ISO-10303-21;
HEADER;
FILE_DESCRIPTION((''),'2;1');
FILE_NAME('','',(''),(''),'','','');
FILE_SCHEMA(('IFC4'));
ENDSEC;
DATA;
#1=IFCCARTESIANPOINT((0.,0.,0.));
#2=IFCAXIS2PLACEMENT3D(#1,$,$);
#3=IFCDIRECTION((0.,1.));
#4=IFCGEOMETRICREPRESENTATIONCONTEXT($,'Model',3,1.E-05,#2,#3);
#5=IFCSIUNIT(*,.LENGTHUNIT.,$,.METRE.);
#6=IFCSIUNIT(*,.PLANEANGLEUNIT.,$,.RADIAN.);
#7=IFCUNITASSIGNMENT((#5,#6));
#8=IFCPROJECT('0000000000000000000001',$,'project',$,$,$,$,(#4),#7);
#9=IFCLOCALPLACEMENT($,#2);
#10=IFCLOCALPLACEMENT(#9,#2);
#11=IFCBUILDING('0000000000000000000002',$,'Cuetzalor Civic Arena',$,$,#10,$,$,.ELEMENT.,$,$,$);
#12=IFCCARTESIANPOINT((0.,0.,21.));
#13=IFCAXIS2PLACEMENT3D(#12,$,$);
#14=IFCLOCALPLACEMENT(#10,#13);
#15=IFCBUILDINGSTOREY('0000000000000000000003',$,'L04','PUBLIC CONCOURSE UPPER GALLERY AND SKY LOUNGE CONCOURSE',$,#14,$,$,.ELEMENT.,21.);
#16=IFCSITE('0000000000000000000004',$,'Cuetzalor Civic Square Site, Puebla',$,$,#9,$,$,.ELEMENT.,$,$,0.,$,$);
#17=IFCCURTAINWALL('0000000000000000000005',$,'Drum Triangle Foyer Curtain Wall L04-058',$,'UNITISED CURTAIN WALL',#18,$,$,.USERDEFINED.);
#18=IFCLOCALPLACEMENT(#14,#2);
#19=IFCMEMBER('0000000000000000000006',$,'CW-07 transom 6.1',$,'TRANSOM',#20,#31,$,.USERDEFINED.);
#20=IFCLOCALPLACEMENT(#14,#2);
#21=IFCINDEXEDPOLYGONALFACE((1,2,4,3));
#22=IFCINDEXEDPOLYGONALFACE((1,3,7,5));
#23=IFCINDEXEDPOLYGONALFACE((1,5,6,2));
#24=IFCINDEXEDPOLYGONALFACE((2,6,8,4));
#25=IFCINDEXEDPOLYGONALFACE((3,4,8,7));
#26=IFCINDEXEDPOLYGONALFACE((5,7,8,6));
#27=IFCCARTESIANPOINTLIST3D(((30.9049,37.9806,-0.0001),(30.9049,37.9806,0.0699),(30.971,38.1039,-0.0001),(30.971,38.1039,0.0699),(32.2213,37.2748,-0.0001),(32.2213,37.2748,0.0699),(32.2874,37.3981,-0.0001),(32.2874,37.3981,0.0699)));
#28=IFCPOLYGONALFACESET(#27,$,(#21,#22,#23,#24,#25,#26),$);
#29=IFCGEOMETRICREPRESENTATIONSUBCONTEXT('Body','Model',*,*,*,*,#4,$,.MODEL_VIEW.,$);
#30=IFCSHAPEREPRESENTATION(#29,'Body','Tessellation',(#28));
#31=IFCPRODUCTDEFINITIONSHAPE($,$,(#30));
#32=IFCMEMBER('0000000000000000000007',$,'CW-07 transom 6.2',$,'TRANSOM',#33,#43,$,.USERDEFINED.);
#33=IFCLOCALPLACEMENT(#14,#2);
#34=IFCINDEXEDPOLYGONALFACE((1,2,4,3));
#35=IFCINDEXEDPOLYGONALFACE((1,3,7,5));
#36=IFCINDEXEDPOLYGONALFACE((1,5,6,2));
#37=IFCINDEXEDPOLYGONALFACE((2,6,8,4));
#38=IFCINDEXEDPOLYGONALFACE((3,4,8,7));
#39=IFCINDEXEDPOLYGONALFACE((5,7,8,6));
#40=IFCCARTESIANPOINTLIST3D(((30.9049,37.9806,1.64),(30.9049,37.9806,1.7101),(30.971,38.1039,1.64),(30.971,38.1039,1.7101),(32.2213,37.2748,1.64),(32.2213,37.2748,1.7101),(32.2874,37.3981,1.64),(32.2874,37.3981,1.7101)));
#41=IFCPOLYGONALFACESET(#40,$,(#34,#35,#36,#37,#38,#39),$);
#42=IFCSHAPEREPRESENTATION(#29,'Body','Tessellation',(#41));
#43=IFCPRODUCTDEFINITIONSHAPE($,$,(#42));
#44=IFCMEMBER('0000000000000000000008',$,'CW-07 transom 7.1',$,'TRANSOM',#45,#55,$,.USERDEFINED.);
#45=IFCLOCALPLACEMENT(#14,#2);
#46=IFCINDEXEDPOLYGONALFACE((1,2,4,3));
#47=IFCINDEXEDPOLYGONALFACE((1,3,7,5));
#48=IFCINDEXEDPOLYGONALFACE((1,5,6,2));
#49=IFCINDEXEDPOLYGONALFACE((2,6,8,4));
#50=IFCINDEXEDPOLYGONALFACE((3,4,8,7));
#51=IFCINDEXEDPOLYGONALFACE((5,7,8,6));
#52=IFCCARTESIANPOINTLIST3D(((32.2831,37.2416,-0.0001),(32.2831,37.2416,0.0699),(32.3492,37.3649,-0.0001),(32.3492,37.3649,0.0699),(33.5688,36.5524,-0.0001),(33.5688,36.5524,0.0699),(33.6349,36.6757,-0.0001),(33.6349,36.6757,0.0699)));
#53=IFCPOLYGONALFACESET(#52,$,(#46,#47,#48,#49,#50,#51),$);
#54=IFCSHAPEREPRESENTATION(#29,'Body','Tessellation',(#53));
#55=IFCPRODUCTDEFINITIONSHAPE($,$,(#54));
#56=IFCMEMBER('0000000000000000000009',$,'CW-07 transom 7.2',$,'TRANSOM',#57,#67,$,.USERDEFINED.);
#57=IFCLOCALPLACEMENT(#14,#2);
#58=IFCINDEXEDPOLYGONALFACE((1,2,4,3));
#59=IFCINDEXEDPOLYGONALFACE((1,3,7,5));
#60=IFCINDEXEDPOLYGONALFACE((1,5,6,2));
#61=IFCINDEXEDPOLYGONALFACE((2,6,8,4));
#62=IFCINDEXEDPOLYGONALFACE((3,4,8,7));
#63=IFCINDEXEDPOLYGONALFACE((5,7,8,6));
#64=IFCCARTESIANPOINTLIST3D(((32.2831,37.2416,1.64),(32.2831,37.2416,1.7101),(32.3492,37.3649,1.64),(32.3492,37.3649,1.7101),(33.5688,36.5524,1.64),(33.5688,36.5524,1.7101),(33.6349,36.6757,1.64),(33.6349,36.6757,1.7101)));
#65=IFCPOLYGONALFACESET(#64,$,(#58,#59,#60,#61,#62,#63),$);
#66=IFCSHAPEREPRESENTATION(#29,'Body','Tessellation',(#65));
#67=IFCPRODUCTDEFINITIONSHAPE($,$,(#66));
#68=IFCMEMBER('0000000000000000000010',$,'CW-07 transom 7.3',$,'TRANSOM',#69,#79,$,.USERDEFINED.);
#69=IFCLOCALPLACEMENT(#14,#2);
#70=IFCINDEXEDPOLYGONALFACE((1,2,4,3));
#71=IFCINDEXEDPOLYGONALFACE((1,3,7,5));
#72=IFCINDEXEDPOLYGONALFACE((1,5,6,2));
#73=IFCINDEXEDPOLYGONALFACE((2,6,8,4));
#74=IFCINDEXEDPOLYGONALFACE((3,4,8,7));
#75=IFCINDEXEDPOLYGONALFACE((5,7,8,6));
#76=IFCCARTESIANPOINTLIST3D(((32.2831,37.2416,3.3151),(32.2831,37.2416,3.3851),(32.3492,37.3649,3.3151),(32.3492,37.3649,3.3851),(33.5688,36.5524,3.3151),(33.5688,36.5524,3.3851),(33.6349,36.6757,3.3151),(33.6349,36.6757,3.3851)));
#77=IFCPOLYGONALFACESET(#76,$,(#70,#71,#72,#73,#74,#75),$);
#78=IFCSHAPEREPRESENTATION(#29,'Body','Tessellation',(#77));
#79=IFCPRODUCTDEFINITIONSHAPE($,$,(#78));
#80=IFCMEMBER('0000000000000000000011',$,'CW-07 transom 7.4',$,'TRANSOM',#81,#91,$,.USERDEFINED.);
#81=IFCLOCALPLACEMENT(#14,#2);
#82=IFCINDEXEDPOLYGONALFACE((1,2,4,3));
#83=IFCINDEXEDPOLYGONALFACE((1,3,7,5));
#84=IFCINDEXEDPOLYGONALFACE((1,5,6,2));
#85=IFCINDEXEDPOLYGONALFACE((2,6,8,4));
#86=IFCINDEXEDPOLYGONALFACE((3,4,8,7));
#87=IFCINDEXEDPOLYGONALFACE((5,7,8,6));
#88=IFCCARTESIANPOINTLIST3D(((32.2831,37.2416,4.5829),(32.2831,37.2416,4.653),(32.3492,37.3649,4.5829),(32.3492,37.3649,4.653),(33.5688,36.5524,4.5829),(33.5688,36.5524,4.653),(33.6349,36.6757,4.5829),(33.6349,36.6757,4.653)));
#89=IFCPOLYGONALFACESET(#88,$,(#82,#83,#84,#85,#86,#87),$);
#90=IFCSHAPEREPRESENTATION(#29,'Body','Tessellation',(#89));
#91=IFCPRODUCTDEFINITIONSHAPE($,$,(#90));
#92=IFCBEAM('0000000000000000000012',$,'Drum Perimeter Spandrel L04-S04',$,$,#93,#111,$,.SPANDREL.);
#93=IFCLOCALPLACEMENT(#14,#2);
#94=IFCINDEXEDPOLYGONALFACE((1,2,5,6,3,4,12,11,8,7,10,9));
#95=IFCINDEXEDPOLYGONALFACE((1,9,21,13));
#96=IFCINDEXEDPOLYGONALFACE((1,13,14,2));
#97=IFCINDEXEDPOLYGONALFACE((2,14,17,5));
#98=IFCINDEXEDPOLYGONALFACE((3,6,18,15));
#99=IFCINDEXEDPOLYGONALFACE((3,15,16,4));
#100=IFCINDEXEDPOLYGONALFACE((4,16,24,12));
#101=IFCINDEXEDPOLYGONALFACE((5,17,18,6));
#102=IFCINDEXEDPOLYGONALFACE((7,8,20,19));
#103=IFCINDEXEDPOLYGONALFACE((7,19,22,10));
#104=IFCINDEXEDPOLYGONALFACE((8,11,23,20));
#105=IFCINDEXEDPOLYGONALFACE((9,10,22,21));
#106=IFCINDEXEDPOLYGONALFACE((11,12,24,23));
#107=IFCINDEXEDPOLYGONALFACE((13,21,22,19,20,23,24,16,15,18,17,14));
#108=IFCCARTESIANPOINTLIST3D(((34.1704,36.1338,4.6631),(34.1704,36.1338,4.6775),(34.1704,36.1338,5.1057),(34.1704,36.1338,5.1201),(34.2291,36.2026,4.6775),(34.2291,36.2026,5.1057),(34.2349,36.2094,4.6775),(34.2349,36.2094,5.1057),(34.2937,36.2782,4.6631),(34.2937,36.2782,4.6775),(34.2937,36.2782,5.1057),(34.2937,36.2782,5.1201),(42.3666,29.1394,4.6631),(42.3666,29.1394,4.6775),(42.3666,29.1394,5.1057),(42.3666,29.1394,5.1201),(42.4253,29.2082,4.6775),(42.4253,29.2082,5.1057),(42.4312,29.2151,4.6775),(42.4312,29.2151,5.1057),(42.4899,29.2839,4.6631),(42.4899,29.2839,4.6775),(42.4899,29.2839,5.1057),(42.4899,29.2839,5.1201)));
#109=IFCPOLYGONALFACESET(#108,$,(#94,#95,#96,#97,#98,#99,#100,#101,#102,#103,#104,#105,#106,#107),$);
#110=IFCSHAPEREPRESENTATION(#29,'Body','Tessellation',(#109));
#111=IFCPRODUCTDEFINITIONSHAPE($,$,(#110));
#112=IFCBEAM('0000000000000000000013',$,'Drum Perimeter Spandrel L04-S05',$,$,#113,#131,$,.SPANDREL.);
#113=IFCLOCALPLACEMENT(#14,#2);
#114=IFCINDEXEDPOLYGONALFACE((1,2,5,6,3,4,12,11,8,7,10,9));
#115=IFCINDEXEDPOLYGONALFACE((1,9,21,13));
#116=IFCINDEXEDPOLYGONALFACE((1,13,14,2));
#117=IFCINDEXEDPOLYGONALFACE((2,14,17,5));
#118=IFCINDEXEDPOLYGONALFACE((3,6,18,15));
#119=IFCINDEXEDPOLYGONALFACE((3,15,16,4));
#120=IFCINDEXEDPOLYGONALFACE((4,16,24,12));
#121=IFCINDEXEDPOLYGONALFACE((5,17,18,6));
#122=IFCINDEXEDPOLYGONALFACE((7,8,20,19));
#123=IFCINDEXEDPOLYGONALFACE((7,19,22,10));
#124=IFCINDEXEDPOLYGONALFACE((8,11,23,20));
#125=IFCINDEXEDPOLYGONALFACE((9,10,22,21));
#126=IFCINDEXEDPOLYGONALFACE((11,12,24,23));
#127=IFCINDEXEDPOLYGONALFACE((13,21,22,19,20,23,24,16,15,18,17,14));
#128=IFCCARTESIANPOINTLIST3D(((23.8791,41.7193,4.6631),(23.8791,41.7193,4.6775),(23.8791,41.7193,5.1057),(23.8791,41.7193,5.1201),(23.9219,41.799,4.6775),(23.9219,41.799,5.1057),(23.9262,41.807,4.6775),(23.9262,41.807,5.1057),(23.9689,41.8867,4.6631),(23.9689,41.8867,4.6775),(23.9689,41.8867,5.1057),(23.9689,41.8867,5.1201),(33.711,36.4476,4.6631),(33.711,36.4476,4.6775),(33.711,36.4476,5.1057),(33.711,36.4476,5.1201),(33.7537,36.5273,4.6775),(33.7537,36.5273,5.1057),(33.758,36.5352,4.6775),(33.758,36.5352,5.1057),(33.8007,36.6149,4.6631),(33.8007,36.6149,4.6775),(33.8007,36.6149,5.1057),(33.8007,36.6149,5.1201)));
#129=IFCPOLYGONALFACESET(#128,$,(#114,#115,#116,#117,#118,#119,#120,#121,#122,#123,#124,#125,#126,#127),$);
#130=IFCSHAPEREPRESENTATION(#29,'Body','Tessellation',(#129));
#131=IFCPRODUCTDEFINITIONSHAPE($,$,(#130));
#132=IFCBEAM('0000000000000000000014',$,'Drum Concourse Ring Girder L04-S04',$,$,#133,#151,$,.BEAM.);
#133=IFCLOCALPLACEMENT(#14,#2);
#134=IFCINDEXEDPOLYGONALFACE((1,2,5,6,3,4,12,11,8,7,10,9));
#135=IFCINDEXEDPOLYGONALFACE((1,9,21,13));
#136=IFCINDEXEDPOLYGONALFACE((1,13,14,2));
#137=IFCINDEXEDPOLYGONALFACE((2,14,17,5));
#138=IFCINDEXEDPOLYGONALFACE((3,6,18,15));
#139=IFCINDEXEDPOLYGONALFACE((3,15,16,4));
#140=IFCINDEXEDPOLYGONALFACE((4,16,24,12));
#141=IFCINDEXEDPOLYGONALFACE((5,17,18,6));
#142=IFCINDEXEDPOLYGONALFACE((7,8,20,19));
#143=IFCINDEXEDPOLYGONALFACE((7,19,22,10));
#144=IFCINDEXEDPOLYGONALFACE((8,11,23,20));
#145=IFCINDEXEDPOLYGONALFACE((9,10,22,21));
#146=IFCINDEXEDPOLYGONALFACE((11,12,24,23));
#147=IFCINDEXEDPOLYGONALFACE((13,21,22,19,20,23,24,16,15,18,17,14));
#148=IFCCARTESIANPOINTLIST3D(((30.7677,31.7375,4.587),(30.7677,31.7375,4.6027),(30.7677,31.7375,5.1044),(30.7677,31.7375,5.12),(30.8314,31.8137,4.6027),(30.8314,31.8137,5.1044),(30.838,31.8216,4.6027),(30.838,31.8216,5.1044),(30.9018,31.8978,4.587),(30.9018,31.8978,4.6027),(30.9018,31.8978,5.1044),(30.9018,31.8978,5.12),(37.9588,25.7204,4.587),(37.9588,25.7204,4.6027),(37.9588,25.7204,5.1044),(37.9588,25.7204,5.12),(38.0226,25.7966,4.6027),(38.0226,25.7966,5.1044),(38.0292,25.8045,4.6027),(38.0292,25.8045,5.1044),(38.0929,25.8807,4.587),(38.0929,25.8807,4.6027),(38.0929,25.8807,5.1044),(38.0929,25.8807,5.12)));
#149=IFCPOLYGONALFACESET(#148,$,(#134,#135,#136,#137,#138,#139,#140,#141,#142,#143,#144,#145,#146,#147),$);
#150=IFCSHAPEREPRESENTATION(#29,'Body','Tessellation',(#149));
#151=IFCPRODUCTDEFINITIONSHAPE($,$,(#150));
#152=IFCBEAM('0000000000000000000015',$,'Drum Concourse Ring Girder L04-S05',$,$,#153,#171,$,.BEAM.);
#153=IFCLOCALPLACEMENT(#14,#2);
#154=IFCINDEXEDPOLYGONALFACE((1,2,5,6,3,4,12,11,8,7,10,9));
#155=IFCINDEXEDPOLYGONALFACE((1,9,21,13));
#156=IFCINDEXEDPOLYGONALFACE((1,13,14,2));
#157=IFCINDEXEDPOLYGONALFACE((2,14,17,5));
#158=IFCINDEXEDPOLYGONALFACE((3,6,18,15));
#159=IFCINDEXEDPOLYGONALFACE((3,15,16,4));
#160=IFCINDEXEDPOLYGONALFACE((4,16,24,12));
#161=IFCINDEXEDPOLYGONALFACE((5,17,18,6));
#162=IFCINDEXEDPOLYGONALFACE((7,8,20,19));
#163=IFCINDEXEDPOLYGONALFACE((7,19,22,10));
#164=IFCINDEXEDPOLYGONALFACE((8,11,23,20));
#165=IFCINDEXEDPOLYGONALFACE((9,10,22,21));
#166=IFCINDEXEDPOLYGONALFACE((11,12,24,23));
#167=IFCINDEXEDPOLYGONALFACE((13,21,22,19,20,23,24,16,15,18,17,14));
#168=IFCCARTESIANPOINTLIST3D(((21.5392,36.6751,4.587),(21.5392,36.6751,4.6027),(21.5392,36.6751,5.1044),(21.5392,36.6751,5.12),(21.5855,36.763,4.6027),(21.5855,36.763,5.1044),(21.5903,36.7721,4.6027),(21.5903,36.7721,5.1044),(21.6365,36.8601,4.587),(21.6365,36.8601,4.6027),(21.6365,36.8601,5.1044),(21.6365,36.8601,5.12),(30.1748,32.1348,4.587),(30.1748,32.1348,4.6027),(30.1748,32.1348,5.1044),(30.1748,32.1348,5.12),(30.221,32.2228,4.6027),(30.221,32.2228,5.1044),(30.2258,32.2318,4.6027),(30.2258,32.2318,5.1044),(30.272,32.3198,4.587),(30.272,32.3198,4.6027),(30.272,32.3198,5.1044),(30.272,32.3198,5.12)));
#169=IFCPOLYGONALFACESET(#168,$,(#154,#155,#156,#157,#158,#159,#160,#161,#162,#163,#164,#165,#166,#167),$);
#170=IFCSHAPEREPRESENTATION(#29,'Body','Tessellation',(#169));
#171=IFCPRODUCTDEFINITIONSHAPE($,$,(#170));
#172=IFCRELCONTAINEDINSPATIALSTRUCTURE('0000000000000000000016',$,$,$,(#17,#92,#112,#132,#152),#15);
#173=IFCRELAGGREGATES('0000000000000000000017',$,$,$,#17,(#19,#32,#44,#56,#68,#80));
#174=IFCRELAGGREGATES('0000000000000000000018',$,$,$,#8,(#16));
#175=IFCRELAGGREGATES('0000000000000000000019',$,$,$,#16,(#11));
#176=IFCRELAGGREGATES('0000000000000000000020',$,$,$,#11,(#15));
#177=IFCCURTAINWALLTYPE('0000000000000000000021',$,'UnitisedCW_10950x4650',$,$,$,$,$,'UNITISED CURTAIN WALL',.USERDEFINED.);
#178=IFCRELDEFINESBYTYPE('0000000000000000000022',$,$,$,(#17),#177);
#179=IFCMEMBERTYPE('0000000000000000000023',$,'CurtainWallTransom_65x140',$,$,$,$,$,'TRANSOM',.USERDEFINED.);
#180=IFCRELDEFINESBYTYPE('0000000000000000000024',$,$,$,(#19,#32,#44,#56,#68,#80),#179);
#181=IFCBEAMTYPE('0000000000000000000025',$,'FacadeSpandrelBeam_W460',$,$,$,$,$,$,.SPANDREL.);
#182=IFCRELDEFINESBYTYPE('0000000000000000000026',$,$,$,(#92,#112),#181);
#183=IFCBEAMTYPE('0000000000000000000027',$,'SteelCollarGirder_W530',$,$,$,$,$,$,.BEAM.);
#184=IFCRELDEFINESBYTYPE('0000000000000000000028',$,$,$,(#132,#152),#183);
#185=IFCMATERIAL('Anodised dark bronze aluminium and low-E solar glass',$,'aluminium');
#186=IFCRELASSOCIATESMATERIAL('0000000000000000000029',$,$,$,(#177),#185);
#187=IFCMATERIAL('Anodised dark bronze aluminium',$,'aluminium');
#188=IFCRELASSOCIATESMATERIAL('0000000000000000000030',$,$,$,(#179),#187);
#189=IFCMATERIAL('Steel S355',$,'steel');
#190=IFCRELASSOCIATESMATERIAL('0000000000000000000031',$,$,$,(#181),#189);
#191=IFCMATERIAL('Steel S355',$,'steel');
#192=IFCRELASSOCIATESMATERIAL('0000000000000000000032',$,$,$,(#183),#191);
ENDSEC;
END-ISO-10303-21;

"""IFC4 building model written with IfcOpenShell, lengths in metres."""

from ifc_helpers import new_model, si_unit, direction, frame, origin, origin_2d, place, context, subcontext, project, spatial, rectangle, i_section, extrude, material, material_profile, profile_set, type_object, element, aggregate, save


model = new_model("IFC4")

# Units and contexts
model_context = context("Model", 3, precision=1e-05, world=origin(), true_north=direction((0.0, 1.0)))
body_context = subcontext(model_context, "Body", "Model", "MODEL_VIEW")
ifc_project = project(units=[si_unit("LENGTHUNIT", "METRE"), si_unit("PLANEANGLEUNIT", "RADIAN")], contexts=[model_context])

# Site, building, storey
site_placement = place(None, origin())
site = spatial("IfcSite", under=ifc_project, at=site_placement, Name="Cuetzalor Civic Square Site, Puebla", CompositionType="ELEMENT", RefElevation=0.0)
building_placement = place(site_placement, origin())
building = spatial("IfcBuilding", under=site, at=building_placement, Name="Cuetzalor Civic Arena", CompositionType="ELEMENT")
storey_placement = place(building_placement, frame((0.0, 0.0, 21.0)))
storey = spatial("IfcBuildingStorey", under=building, at=storey_placement, Name="L04", Description="PUBLIC CONCOURSE UPPER GALLERY AND SKY LOUNGE CONCOURSE", CompositionType="ELEMENT", Elevation=21.0)

# Curtain wall, members
ifc_material_1 = material(Name="Anodised dark bronze aluminium and low-E solar glass", Category="aluminium")
curtain_wall_type = type_object("IfcCurtainWallType", Name="UnitisedCW_10950x4650", ElementType="UNITISED CURTAIN WALL", PredefinedType="USERDEFINED", material=ifc_material_1)
curtain_wall_placement = place(storey_placement, origin())
curtain_wall = element("IfcCurtainWall", 1, at=curtain_wall_placement, inside=storey, type_object=curtain_wall_type, Name="Drum Triangle Foyer Curtain Wall L04-058", ObjectType="UNITISED CURTAIN WALL", PredefinedType="USERDEFINED")
ifc_material_2 = material(Name="Anodised dark bronze aluminium", Category="aluminium")
ifc_material_profile_1 = material_profile(ifc_material_2, rectangle(XDim=0.1399, YDim=0.0701, at=origin_2d()), Name="ALU TRANSOM 70x140")
ifc_profile_set_1 = profile_set([ifc_material_profile_1], Name="Anodised dark bronze aluminium")
member_type_1 = type_object("IfcMemberType", Name="CurtainWallTransom_65x140", ElementType="TRANSOM", PredefinedType="USERDEFINED", material=ifc_profile_set_1)
member_1_placement = place(storey_placement, frame((30.938, 38.0422, 0.0349), z_axis=(0.881315, -0.47253, 0.0), x_axis=(0.47253, 0.881315, 0.0)))
member_1 = element("IfcMember", 2, at=member_1_placement, type_object=member_type_1, Name="CW-07 transom 6.1", ObjectType="TRANSOM", PredefinedType="USERDEFINED", context=body_context, shape_type="SweptSolid", body=[
    extrude(rectangle(XDim=0.1399, YDim=0.0701, at=origin_2d()), origin(), (0.0, 0.0, 1.0), 1.4937),
])
member_2_placement = place(storey_placement, frame((30.938, 38.0422, 1.675), z_axis=(0.881315, -0.47253, 0.0), x_axis=(0.47253, 0.881315, 0.0)))
member_2 = element("IfcMember", 3, at=member_2_placement, type_object=member_type_1, Name="CW-07 transom 6.2", ObjectType="TRANSOM", PredefinedType="USERDEFINED", context=body_context, shape_type="SweptSolid", body=[
    extrude(rectangle(XDim=0.1399, YDim=0.0701, at=origin_2d()), origin(), (0.0, 0.0, 1.0), 1.4937),
])
member_3_placement = place(storey_placement, frame((32.3162, 37.3032, 0.0349), z_axis=(0.881346, -0.472472, 0.0), x_axis=(0.472472, 0.881346, 0.0)))
member_3 = element("IfcMember", 4, at=member_3_placement, type_object=member_type_1, Name="CW-07 transom 7.1", ObjectType="TRANSOM", PredefinedType="USERDEFINED", context=body_context, shape_type="SweptSolid", body=[
    extrude(rectangle(XDim=0.1399, YDim=0.0701, at=origin_2d()), origin(), (0.0, 0.0, 1.0), 1.4587),
])
member_4_placement = place(storey_placement, frame((32.3162, 37.3032, 1.675), z_axis=(0.881346, -0.472472, 0.0), x_axis=(0.472472, 0.881346, 0.0)))
member_4 = element("IfcMember", 5, at=member_4_placement, type_object=member_type_1, Name="CW-07 transom 7.2", ObjectType="TRANSOM", PredefinedType="USERDEFINED", context=body_context, shape_type="SweptSolid", body=[
    extrude(rectangle(XDim=0.1399, YDim=0.0701, at=origin_2d()), origin(), (0.0, 0.0, 1.0), 1.4587),
])
member_5_placement = place(storey_placement, frame((32.3162, 37.3032, 3.3501), z_axis=(0.881346, -0.472472, 0.0), x_axis=(0.472472, 0.881346, 0.0)))
member_5 = element("IfcMember", 6, at=member_5_placement, type_object=member_type_1, Name="CW-07 transom 7.3", ObjectType="TRANSOM", PredefinedType="USERDEFINED", context=body_context, shape_type="SweptSolid", body=[
    extrude(rectangle(XDim=0.1399, YDim=0.0701, at=origin_2d()), origin(), (0.0, 0.0, 1.0), 1.4587),
])
member_6_placement = place(storey_placement, frame((32.3162, 37.3032, 4.6179), z_axis=(0.881346, -0.472472, 0.0), x_axis=(0.472472, 0.881346, 0.0)))
member_6 = element("IfcMember", 7, at=member_6_placement, type_object=member_type_1, Name="CW-07 transom 7.4", ObjectType="TRANSOM", PredefinedType="USERDEFINED", context=body_context, shape_type="SweptSolid", body=[
    extrude(rectangle(XDim=0.1399, YDim=0.0701, at=origin_2d()), origin(), (0.0, 0.0, 1.0), 1.4587),
])

# Beams
ifc_material_3 = material(Name="Steel S355", Category="steel")
ifc_material_profile_2 = material_profile(ifc_material_3, i_section(OverallWidth=0.1899, OverallDepth=0.457, WebThickness=0.009, FlangeThickness=0.0144, at=origin_2d()), Name="W460x74")
ifc_profile_set_2 = profile_set([ifc_material_profile_2], Name="Steel S355")
beam_type_1 = type_object("IfcBeamType", Name="FacadeSpandrelBeam_W460", PredefinedType="SPANDREL", material=ifc_profile_set_2)
beam_1_placement = place(storey_placement, frame((42.4282, 29.2117, 4.8916), z_axis=(-0.760677, 0.649131, 0.0), x_axis=(-0.649131, -0.760677, 0.0)))
element("IfcBeam", 8, at=beam_1_placement, inside=storey, type_object=beam_type_1, Name="Drum Perimeter Spandrel L04-S04", PredefinedType="SPANDREL", context=body_context, shape_type="SweptSolid", body=[
    extrude(i_section(OverallWidth=0.1899, OverallDepth=0.457, WebThickness=0.009, FlangeThickness=0.0144, at=origin_2d()), origin(), (0.0, 0.0, 1.0), 10.7749),
])
beam_2_placement = place(storey_placement, frame((33.7559, 36.5312, 4.8916), z_axis=(-0.881305, 0.472549, 0.0), x_axis=(-0.472549, -0.881305, 0.0)))
element("IfcBeam", 9, at=beam_2_placement, inside=storey, type_object=beam_type_1, Name="Drum Perimeter Spandrel L04-S05", PredefinedType="SPANDREL", context=body_context, shape_type="SweptSolid", body=[
    extrude(i_section(OverallWidth=0.1899, OverallDepth=0.457, WebThickness=0.009, FlangeThickness=0.0144, at=origin_2d()), origin(), (0.0, 0.0, 1.0), 11.156),
])
ifc_material_4 = material(Name="Steel S355", Category="steel")
ifc_material_profile_3 = material_profile(ifc_material_4, i_section(OverallWidth=0.209, OverallDepth=0.533, WebThickness=0.0103, FlangeThickness=0.0156, at=origin_2d()), Name="W530x92")
ifc_profile_set_3 = profile_set([ifc_material_profile_3], Name="Steel S355")
beam_type_2 = type_object("IfcBeamType", Name="SteelCollarGirder_W530", PredefinedType="BEAM", material=ifc_profile_set_3)
beam_3_placement = place(storey_placement, frame((38.0259, 25.8005, 4.8535), z_axis=(-0.766937, 0.641722, 0.0), x_axis=(-0.641722, -0.766937, 0.0)))
element("IfcBeam", 10, at=beam_3_placement, inside=storey, type_object=beam_type_2, Name="Drum Concourse Ring Girder L04-S04", PredefinedType="BEAM", context=body_context, shape_type="SweptSolid", body=[
    extrude(i_section(OverallWidth=0.209, OverallDepth=0.533, WebThickness=0.0103, FlangeThickness=0.0156, at=origin_2d()), origin(), (0.0, 0.0, 1.0), 9.3765),
])
beam_4_placement = place(storey_placement, frame((30.2234, 32.2273, 4.8535), z_axis=(-0.885117, 0.465368, 0.0), x_axis=(-0.465368, -0.885117, 0.0)))
element("IfcBeam", 11, at=beam_4_placement, inside=storey, type_object=beam_type_2, Name="Drum Concourse Ring Girder L04-S05", PredefinedType="BEAM", context=body_context, shape_type="SweptSolid", body=[
    extrude(i_section(OverallWidth=0.209, OverallDepth=0.533, WebThickness=0.0103, FlangeThickness=0.0156, at=origin_2d()), origin(), (0.0, 0.0, 1.0), 9.7563),
])

aggregate(curtain_wall, [member_1, member_2, member_3, member_4, member_5, member_6])

save(model, "model.ifc")
